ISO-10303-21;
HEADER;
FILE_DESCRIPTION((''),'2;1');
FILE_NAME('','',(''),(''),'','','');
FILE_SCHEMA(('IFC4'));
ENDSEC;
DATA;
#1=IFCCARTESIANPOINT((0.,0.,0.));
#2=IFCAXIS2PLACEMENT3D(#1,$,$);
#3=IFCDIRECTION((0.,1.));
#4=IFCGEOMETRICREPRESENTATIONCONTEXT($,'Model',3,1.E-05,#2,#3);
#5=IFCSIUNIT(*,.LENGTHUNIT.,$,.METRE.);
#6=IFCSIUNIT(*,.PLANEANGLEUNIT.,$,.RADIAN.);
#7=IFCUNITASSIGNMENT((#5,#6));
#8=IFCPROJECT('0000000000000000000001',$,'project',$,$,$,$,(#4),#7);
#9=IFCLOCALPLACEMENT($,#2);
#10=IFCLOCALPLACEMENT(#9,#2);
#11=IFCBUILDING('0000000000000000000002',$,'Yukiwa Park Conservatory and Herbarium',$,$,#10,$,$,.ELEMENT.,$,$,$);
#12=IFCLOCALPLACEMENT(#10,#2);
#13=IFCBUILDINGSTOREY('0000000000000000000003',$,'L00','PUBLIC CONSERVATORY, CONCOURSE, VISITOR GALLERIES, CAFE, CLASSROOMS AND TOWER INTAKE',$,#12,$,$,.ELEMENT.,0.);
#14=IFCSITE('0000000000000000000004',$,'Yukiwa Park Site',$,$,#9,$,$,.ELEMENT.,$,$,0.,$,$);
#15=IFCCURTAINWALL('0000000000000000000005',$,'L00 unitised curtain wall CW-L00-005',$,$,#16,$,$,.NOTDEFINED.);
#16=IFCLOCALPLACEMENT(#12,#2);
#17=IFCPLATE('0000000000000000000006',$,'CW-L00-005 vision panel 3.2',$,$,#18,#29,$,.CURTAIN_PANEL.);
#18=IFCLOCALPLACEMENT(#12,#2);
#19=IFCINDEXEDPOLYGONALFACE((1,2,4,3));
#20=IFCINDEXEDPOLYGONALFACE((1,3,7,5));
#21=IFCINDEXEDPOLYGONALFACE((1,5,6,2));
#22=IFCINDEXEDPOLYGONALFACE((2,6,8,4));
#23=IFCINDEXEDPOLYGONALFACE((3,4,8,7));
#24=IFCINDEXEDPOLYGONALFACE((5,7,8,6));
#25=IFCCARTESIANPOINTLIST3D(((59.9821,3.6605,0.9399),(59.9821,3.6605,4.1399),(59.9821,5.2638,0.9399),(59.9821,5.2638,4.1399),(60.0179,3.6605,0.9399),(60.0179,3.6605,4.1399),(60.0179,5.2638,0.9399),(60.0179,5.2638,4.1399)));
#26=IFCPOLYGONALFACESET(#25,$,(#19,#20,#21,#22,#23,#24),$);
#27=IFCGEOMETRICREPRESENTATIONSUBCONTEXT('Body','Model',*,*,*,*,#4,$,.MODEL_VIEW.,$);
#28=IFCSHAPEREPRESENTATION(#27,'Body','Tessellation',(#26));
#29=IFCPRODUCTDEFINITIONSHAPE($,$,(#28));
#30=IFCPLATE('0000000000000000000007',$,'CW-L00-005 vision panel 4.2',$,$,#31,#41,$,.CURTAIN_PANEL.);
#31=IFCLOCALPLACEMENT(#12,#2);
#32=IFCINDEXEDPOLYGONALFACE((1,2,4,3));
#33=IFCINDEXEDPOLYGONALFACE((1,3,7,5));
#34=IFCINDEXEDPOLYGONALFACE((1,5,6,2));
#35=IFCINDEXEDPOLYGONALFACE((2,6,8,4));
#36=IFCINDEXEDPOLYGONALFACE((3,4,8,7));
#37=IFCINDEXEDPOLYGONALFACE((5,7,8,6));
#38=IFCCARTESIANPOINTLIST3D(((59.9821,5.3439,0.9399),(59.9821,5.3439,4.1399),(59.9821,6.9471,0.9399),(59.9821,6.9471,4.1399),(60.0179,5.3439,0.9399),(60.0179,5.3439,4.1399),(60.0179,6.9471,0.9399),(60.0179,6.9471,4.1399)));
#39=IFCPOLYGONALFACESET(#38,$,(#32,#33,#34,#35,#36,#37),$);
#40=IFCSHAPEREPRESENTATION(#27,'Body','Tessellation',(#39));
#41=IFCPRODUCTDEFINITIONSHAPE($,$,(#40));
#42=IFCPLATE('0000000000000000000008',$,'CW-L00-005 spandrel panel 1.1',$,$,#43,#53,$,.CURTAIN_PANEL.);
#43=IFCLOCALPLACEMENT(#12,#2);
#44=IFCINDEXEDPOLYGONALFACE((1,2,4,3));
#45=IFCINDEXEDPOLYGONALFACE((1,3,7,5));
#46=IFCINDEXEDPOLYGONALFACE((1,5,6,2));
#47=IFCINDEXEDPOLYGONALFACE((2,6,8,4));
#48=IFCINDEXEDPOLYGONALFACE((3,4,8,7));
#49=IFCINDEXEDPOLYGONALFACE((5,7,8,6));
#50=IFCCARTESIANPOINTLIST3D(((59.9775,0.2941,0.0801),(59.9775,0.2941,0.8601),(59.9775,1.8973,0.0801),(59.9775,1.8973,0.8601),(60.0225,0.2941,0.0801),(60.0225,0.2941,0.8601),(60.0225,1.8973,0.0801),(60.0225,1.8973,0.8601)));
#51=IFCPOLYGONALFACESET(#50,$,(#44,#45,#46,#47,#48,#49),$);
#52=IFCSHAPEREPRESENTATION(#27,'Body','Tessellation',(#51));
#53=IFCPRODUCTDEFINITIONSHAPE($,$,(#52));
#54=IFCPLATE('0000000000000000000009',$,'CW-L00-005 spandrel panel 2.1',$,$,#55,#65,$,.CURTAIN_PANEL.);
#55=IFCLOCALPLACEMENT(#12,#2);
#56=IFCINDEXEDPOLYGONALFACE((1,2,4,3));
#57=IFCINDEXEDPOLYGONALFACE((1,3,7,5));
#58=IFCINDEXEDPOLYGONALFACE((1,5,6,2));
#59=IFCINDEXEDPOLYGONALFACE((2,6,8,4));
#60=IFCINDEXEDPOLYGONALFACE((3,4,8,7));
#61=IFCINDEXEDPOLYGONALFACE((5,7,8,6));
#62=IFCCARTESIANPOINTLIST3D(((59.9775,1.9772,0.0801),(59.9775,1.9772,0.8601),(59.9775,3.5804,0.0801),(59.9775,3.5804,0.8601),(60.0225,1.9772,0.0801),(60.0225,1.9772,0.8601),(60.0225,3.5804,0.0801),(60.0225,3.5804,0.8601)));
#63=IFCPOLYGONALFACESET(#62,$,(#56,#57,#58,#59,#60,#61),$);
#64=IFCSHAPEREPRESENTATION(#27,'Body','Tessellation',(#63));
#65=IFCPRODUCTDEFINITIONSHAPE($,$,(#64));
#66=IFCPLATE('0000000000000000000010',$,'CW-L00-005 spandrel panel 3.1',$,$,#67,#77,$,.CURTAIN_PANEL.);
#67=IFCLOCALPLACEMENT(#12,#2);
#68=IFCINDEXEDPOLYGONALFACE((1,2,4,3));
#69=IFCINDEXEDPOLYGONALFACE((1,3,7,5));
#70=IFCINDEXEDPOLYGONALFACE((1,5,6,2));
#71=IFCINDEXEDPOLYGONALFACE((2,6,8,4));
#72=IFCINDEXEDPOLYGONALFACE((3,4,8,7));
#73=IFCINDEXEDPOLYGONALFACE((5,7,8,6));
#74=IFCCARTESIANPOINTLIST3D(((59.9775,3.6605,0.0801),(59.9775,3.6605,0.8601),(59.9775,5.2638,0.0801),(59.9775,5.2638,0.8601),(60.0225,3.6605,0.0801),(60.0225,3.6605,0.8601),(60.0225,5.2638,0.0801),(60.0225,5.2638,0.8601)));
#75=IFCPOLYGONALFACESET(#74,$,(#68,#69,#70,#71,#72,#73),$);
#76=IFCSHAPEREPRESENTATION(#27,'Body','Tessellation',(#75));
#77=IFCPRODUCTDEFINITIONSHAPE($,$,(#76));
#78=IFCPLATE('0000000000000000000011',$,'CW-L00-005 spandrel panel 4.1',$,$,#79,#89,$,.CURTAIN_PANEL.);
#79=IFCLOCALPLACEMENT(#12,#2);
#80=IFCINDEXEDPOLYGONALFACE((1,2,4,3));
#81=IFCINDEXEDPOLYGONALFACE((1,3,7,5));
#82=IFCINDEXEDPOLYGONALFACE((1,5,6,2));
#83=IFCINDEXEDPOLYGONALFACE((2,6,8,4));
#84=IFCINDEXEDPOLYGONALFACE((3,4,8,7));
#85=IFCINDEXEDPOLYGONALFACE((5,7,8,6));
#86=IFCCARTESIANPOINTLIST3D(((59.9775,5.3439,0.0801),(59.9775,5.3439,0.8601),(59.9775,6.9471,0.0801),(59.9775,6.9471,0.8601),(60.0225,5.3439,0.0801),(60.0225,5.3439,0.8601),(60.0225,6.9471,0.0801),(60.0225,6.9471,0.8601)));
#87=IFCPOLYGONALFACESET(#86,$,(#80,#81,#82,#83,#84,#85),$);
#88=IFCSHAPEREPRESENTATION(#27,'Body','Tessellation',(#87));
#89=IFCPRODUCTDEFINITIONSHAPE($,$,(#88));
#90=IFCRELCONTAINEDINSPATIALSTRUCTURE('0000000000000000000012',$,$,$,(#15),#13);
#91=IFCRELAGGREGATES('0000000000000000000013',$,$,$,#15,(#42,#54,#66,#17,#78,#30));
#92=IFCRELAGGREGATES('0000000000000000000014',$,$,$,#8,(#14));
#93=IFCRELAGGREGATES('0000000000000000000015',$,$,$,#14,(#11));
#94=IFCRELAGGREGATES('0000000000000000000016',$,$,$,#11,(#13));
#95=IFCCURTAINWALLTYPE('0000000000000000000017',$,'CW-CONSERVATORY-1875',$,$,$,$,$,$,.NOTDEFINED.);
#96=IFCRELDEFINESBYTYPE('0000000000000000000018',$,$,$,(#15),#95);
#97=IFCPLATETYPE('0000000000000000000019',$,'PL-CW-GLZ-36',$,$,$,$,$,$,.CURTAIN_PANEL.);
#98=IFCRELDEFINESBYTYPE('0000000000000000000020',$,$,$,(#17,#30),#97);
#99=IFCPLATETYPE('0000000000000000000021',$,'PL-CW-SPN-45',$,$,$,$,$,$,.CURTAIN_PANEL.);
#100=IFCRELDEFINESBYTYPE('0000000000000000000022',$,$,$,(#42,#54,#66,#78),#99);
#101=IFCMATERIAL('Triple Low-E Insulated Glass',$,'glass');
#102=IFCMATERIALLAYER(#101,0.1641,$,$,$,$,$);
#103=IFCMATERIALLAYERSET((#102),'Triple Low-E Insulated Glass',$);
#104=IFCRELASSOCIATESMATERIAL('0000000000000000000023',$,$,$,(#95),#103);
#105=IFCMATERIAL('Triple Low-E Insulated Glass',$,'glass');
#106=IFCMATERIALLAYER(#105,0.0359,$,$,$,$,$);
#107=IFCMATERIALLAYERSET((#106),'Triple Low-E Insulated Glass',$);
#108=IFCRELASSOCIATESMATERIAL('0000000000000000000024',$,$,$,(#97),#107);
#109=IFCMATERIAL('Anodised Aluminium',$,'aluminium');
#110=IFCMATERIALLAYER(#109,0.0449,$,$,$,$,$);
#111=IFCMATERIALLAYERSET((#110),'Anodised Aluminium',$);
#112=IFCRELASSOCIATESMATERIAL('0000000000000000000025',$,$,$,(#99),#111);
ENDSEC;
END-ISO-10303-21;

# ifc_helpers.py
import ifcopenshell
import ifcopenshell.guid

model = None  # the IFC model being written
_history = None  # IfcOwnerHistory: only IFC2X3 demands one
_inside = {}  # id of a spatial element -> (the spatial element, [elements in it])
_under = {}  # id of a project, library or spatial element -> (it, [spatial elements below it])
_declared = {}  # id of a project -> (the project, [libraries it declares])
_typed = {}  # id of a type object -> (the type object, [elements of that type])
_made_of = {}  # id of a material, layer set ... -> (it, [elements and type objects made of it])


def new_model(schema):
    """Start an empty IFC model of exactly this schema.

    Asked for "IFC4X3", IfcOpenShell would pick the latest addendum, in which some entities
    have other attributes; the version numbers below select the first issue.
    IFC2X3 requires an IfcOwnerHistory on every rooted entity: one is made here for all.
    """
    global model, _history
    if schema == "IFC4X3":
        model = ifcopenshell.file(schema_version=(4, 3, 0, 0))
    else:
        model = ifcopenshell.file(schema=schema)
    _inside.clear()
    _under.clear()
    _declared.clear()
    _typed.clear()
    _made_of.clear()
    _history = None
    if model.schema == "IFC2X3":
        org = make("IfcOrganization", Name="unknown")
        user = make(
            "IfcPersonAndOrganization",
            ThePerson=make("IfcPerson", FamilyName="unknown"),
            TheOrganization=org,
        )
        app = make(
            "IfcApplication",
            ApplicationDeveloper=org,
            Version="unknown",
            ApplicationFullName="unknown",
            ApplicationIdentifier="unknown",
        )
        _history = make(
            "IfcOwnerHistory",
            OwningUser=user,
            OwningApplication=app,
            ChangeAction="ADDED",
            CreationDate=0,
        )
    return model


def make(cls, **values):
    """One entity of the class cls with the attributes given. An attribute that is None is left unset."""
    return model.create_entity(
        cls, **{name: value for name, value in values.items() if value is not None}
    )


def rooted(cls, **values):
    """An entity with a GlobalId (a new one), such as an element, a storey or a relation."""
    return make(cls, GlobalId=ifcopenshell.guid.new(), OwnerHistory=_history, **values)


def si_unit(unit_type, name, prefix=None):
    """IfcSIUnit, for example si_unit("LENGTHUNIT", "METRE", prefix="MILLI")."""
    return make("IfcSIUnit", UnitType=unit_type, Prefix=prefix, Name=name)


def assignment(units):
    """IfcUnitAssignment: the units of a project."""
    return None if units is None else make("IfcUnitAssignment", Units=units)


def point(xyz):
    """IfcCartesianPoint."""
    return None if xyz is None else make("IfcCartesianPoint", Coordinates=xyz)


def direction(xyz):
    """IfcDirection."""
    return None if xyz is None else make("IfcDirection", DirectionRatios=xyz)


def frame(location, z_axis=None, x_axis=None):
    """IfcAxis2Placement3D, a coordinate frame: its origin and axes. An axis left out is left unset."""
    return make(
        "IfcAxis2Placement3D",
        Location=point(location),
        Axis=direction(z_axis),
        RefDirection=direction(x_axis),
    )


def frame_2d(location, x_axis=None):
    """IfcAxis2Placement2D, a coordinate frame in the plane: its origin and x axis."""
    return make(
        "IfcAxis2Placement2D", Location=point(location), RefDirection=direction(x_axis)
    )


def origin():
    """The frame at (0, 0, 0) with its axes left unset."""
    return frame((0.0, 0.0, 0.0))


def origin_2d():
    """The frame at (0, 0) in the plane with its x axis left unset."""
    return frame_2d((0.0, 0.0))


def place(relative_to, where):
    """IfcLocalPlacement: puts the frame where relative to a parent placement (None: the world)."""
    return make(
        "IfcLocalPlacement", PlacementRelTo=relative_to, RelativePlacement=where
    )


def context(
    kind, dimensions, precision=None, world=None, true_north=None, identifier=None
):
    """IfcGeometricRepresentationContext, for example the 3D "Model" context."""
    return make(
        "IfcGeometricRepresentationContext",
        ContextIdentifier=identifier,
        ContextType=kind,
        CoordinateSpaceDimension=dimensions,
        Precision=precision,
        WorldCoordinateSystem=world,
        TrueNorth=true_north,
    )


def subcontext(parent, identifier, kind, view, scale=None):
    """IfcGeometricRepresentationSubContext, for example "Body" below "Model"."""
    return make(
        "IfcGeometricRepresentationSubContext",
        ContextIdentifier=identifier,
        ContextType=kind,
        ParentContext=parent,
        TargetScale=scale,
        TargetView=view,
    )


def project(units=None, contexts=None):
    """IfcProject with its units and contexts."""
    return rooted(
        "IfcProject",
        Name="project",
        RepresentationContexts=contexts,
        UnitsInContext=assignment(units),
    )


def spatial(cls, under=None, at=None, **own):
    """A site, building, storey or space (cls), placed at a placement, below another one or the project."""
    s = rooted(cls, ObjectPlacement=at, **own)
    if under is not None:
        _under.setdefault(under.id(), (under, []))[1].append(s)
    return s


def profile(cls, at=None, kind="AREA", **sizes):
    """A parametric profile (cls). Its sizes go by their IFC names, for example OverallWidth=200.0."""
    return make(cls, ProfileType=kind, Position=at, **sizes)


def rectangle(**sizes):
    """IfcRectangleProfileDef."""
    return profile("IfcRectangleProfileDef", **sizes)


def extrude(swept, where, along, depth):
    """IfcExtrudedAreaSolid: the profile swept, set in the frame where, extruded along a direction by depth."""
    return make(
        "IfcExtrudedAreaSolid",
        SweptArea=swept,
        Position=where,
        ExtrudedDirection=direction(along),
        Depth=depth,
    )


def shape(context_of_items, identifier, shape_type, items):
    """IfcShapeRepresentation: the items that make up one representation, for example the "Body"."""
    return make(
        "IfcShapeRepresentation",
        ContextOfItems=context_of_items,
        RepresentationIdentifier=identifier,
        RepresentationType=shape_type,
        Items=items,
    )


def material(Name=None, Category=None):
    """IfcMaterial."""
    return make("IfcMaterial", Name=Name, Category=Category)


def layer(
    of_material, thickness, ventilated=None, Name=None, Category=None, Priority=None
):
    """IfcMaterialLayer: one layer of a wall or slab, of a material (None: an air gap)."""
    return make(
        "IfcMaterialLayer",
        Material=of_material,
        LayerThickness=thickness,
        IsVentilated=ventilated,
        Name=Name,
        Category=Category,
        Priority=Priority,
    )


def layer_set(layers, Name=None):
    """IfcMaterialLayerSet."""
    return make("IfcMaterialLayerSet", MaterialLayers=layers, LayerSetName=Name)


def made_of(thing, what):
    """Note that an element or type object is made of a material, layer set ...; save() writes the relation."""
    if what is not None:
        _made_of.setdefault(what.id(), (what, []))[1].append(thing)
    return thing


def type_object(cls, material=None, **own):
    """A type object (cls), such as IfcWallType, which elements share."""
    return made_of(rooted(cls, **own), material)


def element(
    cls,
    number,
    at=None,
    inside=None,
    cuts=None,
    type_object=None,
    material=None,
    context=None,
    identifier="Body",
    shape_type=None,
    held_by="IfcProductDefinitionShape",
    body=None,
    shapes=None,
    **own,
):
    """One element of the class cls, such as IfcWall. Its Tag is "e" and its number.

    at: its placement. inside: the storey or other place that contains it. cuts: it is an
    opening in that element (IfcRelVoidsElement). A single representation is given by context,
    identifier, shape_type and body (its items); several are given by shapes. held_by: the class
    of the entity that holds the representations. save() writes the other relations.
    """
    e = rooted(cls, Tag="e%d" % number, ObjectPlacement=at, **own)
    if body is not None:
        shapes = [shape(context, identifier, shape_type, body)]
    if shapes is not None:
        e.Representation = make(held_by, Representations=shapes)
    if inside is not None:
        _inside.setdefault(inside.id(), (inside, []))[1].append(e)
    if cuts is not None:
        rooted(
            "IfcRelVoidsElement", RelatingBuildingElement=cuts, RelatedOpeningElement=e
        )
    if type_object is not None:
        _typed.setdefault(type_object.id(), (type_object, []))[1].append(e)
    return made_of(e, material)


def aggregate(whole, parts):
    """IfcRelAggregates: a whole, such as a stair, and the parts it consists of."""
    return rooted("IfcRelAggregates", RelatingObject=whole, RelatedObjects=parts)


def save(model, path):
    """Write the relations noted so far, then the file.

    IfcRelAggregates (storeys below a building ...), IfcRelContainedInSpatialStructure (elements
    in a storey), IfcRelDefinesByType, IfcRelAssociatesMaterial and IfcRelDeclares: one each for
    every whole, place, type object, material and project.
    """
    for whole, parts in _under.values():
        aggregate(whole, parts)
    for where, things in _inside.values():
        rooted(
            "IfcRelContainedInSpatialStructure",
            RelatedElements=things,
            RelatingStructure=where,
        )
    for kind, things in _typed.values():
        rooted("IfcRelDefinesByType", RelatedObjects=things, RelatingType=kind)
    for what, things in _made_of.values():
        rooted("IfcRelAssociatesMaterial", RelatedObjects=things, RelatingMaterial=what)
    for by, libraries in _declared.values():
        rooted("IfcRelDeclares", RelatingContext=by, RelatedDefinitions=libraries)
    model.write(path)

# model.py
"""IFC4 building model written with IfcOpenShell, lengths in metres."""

from ifc_helpers import new_model, si_unit, direction, frame, origin, origin_2d, place, context, subcontext, project, spatial, rectangle, extrude, material, layer, layer_set, type_object, element, aggregate, save


model = new_model("IFC4")

# Units and contexts
model_context = context("Model", 3, precision=1e-05, world=origin(), true_north=direction((0.0, 1.0)))
body_context = subcontext(model_context, "Body", "Model", "MODEL_VIEW")
ifc_project = project(units=[si_unit("LENGTHUNIT", "METRE"), si_unit("PLANEANGLEUNIT", "RADIAN")], contexts=[model_context])

# Site, building, storey
site_placement = place(None, origin())
site = spatial("IfcSite", under=ifc_project, at=site_placement, Name="Yukiwa Park Site", CompositionType="ELEMENT", RefElevation=0.0)
building_placement = place(site_placement, origin())
building = spatial("IfcBuilding", under=site, at=building_placement, Name="Yukiwa Park Conservatory and Herbarium", CompositionType="ELEMENT")
storey_placement = place(building_placement, origin())
storey = spatial("IfcBuildingStorey", under=building, at=storey_placement, Name="L00", Description="PUBLIC CONSERVATORY, CONCOURSE, VISITOR GALLERIES, CAFE, CLASSROOMS AND TOWER INTAKE", CompositionType="ELEMENT", Elevation=0.0)

# Curtain wall, plates
ifc_material_1 = material(Name="Triple Low-E Insulated Glass", Category="glass")
ifc_layer_1 = layer(ifc_material_1, 0.1641)
ifc_layer_set_1 = layer_set([ifc_layer_1], Name="Triple Low-E Insulated Glass")
curtain_wall_type = type_object("IfcCurtainWallType", Name="CW-CONSERVATORY-1875", PredefinedType="NOTDEFINED", material=ifc_layer_set_1)
curtain_wall_placement = place(storey_placement, origin())
curtain_wall = element("IfcCurtainWall", 1, at=curtain_wall_placement, inside=storey, type_object=curtain_wall_type, Name="L00 unitised curtain wall CW-L00-005", PredefinedType="NOTDEFINED")
ifc_material_2 = material(Name="Triple Low-E Insulated Glass", Category="glass")
ifc_layer_2 = layer(ifc_material_2, 0.0359)
ifc_layer_set_2 = layer_set([ifc_layer_2], Name="Triple Low-E Insulated Glass")
plate_type_1 = type_object("IfcPlateType", Name="PL-CW-GLZ-36", PredefinedType="CURTAIN_PANEL", material=ifc_layer_set_2)
plate_1_placement = place(storey_placement, frame((60.0, 4.4622, 0.9399), z_axis=(0.0, 0.0, 1.0), x_axis=(0.0, 1.0, 0.0)))
plate_1 = element("IfcPlate", 2, at=plate_1_placement, type_object=plate_type_1, Name="CW-L00-005 vision panel 3.2", PredefinedType="CURTAIN_PANEL", context=body_context, shape_type="SweptSolid", body=[
    extrude(rectangle(XDim=1.6033, YDim=0.0359, at=origin_2d()), origin(), (0.0, 0.0, 1.0), 3.2),
])
plate_2_placement = place(storey_placement, frame((60.0, 6.1455, 0.9399), z_axis=(0.0, 0.0, 1.0), x_axis=(0.0, 1.0, 0.0)))
plate_2 = element("IfcPlate", 3, at=plate_2_placement, type_object=plate_type_1, Name="CW-L00-005 vision panel 4.2", PredefinedType="CURTAIN_PANEL", context=body_context, shape_type="SweptSolid", body=[
    extrude(rectangle(XDim=1.6033, YDim=0.0359, at=origin_2d()), origin(), (0.0, 0.0, 1.0), 3.2),
])
ifc_material_3 = material(Name="Anodised Aluminium", Category="aluminium")
ifc_layer_3 = layer(ifc_material_3, 0.0449)
ifc_layer_set_3 = layer_set([ifc_layer_3], Name="Anodised Aluminium")
plate_type_2 = type_object("IfcPlateType", Name="PL-CW-SPN-45", PredefinedType="CURTAIN_PANEL", material=ifc_layer_set_3)
plate_3_placement = place(storey_placement, frame((60.0, 1.0957, 0.0801), z_axis=(0.0, 0.0, 1.0), x_axis=(0.0, 1.0, 0.0)))
plate_3 = element("IfcPlate", 4, at=plate_3_placement, type_object=plate_type_2, Name="CW-L00-005 spandrel panel 1.1", PredefinedType="CURTAIN_PANEL", context=body_context, shape_type="SweptSolid", body=[
    extrude(rectangle(XDim=1.6033, YDim=0.0449, at=origin_2d()), origin(), (0.0, 0.0, 1.0), 0.78),
])
plate_4_placement = place(storey_placement, frame((60.0, 2.7788, 0.0801), z_axis=(0.0, 0.0, 1.0), x_axis=(0.0, 1.0, 0.0)))
plate_4 = element("IfcPlate", 5, at=plate_4_placement, type_object=plate_type_2, Name="CW-L00-005 spandrel panel 2.1", PredefinedType="CURTAIN_PANEL", context=body_context, shape_type="SweptSolid", body=[
    extrude(rectangle(XDim=1.6033, YDim=0.0449, at=origin_2d()), origin(), (0.0, 0.0, 1.0), 0.78),
])
plate_5_placement = place(storey_placement, frame((60.0, 4.4622, 0.0801), z_axis=(0.0, 0.0, 1.0), x_axis=(0.0, 1.0, 0.0)))
plate_5 = element("IfcPlate", 6, at=plate_5_placement, type_object=plate_type_2, Name="CW-L00-005 spandrel panel 3.1", PredefinedType="CURTAIN_PANEL", context=body_context, shape_type="SweptSolid", body=[
    extrude(rectangle(XDim=1.6033, YDim=0.0449, at=origin_2d()), origin(), (0.0, 0.0, 1.0), 0.78),
])
plate_6_placement = place(storey_placement, frame((60.0, 6.1455, 0.0801), z_axis=(0.0, 0.0, 1.0), x_axis=(0.0, 1.0, 0.0)))
plate_6 = element("IfcPlate", 7, at=plate_6_placement, type_object=plate_type_2, Name="CW-L00-005 spandrel panel 4.1", PredefinedType="CURTAIN_PANEL", context=body_context, shape_type="SweptSolid", body=[
    extrude(rectangle(XDim=1.6033, YDim=0.0449, at=origin_2d()), origin(), (0.0, 0.0, 1.0), 0.78),
])
aggregate(curtain_wall, [plate_3, plate_4, plate_5, plate_1, plate_6, plate_2])

save(model, "model.ifc")
